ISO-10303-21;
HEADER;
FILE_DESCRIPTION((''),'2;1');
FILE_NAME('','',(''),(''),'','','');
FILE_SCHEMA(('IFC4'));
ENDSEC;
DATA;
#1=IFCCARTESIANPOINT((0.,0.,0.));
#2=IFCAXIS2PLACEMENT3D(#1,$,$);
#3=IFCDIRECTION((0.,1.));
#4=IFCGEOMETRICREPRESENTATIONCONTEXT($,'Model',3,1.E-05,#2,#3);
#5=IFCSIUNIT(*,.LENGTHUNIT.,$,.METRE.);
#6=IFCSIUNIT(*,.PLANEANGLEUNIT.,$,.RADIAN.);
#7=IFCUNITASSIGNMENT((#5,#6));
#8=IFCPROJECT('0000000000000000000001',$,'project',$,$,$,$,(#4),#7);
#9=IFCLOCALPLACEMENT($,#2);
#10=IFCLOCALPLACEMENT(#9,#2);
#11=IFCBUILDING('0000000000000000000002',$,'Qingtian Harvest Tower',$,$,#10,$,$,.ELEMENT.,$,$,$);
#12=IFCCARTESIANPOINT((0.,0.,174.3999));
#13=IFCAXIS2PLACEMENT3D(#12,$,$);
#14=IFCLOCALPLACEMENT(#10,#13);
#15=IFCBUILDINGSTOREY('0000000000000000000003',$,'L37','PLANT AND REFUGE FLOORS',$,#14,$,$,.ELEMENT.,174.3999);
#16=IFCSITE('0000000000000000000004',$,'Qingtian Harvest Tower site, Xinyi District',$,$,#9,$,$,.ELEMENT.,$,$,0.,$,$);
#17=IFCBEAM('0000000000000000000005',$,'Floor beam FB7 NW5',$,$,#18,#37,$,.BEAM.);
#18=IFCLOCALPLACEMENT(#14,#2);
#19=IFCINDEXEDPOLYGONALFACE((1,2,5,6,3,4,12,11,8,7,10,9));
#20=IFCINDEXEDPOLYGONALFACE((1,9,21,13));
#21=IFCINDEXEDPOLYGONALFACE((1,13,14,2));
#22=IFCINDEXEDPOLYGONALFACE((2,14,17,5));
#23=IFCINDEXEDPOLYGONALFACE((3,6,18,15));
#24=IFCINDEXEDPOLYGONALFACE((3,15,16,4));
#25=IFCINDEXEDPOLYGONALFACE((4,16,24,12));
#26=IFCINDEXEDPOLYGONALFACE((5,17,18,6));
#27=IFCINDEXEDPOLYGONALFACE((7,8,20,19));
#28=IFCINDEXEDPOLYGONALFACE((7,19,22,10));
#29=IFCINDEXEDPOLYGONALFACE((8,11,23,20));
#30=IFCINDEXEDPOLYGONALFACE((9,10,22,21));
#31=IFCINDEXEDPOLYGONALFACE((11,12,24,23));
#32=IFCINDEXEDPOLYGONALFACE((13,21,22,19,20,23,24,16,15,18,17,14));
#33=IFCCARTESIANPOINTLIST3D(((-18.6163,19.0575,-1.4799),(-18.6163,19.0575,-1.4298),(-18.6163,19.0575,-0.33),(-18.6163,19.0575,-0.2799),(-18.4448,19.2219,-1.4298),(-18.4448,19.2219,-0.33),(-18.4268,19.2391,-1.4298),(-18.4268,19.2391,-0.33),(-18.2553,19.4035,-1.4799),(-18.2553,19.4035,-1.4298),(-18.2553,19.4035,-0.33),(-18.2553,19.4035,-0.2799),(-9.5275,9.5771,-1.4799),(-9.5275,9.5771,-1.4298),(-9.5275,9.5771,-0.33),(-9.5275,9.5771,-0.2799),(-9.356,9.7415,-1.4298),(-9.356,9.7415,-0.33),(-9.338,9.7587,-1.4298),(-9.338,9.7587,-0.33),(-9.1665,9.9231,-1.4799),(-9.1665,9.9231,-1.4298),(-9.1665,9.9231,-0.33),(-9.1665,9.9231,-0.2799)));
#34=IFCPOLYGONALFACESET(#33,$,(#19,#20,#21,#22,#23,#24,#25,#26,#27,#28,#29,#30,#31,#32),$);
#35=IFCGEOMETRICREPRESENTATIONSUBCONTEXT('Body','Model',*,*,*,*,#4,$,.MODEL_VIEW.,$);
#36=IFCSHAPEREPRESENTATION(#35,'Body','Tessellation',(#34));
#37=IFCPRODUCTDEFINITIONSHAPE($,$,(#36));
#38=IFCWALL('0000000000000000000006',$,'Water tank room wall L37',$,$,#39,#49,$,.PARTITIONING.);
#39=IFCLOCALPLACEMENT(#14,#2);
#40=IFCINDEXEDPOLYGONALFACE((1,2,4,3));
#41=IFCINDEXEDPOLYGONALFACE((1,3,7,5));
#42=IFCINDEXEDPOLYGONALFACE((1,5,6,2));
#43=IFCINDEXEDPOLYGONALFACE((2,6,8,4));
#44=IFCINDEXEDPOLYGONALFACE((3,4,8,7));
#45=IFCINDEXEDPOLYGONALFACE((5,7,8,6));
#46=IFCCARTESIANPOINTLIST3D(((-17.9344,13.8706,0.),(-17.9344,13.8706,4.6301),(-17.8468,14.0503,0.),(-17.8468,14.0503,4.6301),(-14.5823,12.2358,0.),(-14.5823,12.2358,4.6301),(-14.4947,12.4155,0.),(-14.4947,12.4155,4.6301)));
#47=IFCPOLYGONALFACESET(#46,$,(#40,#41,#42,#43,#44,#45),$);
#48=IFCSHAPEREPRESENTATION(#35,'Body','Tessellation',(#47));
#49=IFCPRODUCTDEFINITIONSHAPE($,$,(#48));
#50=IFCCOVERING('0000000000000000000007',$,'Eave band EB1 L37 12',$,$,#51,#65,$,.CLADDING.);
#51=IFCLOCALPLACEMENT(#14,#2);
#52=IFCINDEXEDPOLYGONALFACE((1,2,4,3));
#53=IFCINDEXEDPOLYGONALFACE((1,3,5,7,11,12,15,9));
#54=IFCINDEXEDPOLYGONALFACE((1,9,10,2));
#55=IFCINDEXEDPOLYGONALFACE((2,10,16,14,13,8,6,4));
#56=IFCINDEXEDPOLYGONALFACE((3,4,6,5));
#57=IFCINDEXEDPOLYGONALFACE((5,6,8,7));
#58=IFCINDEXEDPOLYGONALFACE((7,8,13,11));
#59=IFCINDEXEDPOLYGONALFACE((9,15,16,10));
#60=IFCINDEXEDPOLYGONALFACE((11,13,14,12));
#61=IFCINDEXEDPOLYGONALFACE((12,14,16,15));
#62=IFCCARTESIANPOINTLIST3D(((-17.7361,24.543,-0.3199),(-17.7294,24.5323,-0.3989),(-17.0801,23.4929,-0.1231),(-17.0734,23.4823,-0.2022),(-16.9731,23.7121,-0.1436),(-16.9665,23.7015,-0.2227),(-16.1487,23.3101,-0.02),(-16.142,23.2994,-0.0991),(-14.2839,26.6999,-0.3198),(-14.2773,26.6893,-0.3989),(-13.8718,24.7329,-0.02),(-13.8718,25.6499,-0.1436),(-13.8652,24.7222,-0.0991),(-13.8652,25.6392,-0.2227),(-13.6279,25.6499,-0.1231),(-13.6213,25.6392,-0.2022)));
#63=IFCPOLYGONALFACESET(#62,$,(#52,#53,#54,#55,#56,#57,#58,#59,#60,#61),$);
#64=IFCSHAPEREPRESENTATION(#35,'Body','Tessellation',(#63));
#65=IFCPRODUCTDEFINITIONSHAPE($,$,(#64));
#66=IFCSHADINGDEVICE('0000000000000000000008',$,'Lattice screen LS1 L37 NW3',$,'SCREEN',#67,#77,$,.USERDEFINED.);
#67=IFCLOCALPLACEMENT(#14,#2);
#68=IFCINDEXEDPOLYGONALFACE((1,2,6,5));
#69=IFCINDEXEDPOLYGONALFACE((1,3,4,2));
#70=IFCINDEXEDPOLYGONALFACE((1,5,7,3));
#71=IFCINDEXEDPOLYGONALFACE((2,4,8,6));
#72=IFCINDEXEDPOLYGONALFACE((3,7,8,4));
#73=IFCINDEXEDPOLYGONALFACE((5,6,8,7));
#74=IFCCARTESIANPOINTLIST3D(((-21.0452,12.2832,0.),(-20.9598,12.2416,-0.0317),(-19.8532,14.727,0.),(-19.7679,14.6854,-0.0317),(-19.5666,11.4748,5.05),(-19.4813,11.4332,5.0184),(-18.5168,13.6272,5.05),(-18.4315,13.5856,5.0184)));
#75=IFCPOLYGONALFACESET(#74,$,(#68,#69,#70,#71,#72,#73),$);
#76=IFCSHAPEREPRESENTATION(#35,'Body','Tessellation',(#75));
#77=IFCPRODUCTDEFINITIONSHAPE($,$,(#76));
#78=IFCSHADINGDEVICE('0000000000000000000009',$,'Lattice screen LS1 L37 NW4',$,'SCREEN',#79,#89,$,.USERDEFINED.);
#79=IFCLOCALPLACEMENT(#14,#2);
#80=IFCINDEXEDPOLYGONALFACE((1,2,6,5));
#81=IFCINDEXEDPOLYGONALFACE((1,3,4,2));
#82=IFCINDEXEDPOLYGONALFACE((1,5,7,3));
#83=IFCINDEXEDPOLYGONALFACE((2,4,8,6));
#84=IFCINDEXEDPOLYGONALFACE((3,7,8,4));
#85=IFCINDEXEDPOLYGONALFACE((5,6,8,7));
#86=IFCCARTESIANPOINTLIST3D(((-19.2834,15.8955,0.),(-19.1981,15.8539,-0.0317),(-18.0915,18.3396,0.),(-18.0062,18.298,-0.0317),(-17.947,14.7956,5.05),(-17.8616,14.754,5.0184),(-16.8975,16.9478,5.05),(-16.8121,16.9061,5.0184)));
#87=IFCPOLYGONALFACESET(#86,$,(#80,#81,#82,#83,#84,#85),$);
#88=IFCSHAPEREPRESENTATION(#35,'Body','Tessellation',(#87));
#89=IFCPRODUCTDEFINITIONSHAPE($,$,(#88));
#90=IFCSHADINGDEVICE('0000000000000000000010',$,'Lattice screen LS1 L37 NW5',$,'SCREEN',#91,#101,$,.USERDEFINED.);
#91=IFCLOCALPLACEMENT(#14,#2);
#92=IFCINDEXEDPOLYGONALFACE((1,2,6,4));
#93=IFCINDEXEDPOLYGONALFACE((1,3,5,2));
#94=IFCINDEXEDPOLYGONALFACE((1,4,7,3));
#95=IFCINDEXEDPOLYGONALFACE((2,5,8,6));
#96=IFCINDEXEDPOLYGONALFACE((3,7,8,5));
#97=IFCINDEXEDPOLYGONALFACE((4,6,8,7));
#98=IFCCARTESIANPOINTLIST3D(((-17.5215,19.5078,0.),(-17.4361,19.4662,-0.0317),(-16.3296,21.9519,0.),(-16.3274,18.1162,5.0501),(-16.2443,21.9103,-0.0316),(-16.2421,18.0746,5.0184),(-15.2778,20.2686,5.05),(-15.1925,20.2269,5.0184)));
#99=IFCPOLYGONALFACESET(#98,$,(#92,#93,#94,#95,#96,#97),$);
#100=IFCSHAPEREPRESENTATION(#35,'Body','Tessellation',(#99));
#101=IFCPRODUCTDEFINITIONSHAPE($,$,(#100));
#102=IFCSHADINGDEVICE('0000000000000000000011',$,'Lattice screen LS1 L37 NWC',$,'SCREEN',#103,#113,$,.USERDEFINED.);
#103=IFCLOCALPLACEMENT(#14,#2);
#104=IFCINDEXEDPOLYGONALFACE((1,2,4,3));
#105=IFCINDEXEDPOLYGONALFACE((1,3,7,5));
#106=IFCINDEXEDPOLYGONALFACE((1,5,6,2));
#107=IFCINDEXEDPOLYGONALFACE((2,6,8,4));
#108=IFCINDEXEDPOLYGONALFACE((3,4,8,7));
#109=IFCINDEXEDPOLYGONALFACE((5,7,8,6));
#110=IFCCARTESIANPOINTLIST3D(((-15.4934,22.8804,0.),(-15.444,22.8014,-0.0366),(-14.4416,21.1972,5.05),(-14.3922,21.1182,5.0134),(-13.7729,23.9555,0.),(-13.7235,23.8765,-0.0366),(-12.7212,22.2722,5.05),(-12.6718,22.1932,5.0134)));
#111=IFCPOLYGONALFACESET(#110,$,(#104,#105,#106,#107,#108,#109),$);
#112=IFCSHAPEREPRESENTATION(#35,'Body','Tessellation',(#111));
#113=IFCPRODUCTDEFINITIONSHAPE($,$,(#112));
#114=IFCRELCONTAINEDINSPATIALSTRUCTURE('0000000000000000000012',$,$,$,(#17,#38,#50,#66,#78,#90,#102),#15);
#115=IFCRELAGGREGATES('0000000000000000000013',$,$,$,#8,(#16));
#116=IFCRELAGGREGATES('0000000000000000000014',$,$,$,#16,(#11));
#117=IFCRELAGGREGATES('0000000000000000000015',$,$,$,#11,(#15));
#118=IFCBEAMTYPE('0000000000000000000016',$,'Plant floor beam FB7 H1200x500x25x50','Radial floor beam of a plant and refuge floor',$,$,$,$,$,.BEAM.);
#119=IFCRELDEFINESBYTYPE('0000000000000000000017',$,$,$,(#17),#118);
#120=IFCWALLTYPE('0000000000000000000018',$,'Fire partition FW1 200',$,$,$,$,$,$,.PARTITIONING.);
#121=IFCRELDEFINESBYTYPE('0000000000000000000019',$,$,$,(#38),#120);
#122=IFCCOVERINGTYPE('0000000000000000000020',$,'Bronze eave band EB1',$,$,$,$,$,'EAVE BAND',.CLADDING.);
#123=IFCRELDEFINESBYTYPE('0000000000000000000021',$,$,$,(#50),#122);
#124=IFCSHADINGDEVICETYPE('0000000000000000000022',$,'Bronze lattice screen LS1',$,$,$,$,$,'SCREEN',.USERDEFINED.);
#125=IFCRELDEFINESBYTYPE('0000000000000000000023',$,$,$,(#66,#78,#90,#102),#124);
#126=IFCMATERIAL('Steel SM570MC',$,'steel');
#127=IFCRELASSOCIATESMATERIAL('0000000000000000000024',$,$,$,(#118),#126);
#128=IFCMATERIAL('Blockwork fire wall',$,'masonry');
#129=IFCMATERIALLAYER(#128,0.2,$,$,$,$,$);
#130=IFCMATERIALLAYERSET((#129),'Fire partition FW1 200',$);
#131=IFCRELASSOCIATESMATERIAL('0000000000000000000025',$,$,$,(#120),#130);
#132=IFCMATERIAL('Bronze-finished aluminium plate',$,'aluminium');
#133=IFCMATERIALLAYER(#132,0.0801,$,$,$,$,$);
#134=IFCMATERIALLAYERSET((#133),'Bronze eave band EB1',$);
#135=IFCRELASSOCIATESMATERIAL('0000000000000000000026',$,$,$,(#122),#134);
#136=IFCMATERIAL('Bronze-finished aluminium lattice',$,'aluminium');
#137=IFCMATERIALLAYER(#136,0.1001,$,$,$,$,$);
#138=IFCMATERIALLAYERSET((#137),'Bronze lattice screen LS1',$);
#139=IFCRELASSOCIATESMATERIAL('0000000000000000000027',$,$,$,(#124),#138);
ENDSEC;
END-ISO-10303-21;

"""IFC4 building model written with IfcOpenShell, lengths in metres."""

from ifc_helpers import new_model, si_unit, direction, frame, frame_2d, origin, origin_2d, place, context, subcontext, project, spatial, polyline, rectangle, i_section, outline, extrude, material, layer, layer_set, material_profile, profile_set, type_object, element, save


model = new_model("IFC4")

# Units and contexts
model_context = context("Model", 3, precision=1e-05, world=origin(), true_north=direction((0.0, 1.0)))
body_context = subcontext(model_context, "Body", "Model", "MODEL_VIEW")
ifc_project = project(units=[si_unit("LENGTHUNIT", "METRE"), si_unit("PLANEANGLEUNIT", "RADIAN")], contexts=[model_context])

# Site, building, storey
site_placement = place(None, origin())
site = spatial("IfcSite", under=ifc_project, at=site_placement, Name="Qingtian Harvest Tower site, Xinyi District", CompositionType="ELEMENT", RefElevation=0.0)
building_placement = place(site_placement, origin())
building = spatial("IfcBuilding", under=site, at=building_placement, Name="Qingtian Harvest Tower", CompositionType="ELEMENT")
storey_placement = place(building_placement, frame((0.0, 0.0, 174.3999)))
storey = spatial("IfcBuildingStorey", under=building, at=storey_placement, Name="L37", Description="PLANT AND REFUGE FLOORS", CompositionType="ELEMENT", Elevation=174.3999)

# Beam
ifc_material_1 = material(Name="Steel SM570MC", Category="steel")
ifc_material_profile_1 = material_profile(ifc_material_1, i_section(OverallWidth=0.5, OverallDepth=1.2, WebThickness=0.0249, FlangeThickness=0.05, at=origin_2d()), Name="H1200x500x25x50")
ifc_profile_set_1 = profile_set([ifc_material_profile_1], Name="Steel SM570MC")
beam_type_1 = type_object("IfcBeamType", Name="Plant floor beam FB7 H1200x500x25x50", Description="Radial floor beam of a plant and refuge floor", PredefinedType="BEAM", material=ifc_profile_set_1)
beam_1_placement = place(storey_placement, frame((-18.4358, 19.2305, -0.8799), z_axis=(0.692041, -0.721858, 0.0), x_axis=(0.721858, 0.692041, 0.0)))
element("IfcBeam", 1, at=beam_1_placement, inside=storey, type_object=beam_type_1, Name="Floor beam FB7 NW5", PredefinedType="BEAM", context=body_context, shape_type="SweptSolid", body=[
    extrude(i_section(OverallWidth=0.5, OverallDepth=1.2, WebThickness=0.0249, FlangeThickness=0.05, at=origin_2d()), origin(), (0.0, 0.0, 1.0), 13.1333),
])

# Wall
ifc_material_2 = material(Name="Blockwork fire wall", Category="masonry")
ifc_layer_1 = layer(ifc_material_2, 0.2)
ifc_layer_set_1 = layer_set([ifc_layer_1], Name="Fire partition FW1 200")
wall_type = type_object("IfcWallType", Name="Fire partition FW1 200", PredefinedType="PARTITIONING", material=ifc_layer_set_1)
wall_placement = place(storey_placement, frame((-17.8906, 13.9604, 0.0), z_axis=(0.0, 0.0, 1.0), x_axis=(0.898809, -0.438341, 0.0)))
element("IfcWall", 2, at=wall_placement, inside=storey, type_object=wall_type, Name="Water tank room wall L37", PredefinedType="PARTITIONING", context=body_context, shape_type="SweptSolid", body=[
    extrude(rectangle(XDim=3.7295, YDim=0.2, at=frame_2d((1.8647, 0.0))), origin(), (0.0, 0.0, 1.0), 4.6301),
])

# Covering
ifc_material_3 = material(Name="Bronze-finished aluminium plate", Category="aluminium")
ifc_layer_2 = layer(ifc_material_3, 0.0801)
ifc_layer_set_2 = layer_set([ifc_layer_2], Name="Bronze eave band EB1")
covering_type = type_object("IfcCoveringType", Name="Bronze eave band EB1", ElementType="EAVE BAND", PredefinedType="CLADDING", material=ifc_layer_set_2)
covering_placement = place(storey_placement, frame((-16.1487, 23.3101, -0.02), z_axis=(-0.083166, 0.1331, 0.987607), x_axis=(-0.890753, 0.434422, -0.133557)))
element("IfcCovering", 3, at=covering_placement, inside=storey, type_object=covering_type, Name="Eave band EB1 L37 12", PredefinedType="CLADDING", context=body_context, shape_type="SweptSolid", body=[
    extrude(outline(polyline([(0.0, 0.0), (0.9256, 0.0), (0.9228, 0.2448), (1.9896, -0.4137), (-0.1483, -3.8777), (-1.2151, -3.2192), (-0.9951, -3.1119), (-1.41, -2.2848), (0.0, 0.0)])), origin(), (0.0, 0.0, -1.0), 0.0801),
])

# Shading devices
ifc_material_4 = material(Name="Bronze-finished aluminium lattice", Category="aluminium")
ifc_layer_3 = layer(ifc_material_4, 0.1001)
ifc_layer_set_3 = layer_set([ifc_layer_3], Name="Bronze lattice screen LS1")
shading_device_type = type_object("IfcShadingDeviceType", Name="Bronze lattice screen LS1", ElementType="SCREEN", PredefinedType="USERDEFINED", material=ifc_layer_set_3)
shading_device_1_placement = place(storey_placement, frame((-21.0452, 12.2832, 0.0), z_axis=(-0.852676, 0.415875, 0.316215), x_axis=(0.438368, 0.898796, -0.000004)))
element("IfcShadingDevice", 4, at=shading_device_1_placement, inside=storey, type_object=shading_device_type, Name="Lattice screen LS1 L37 NW3", ObjectType="SCREEN", PredefinedType="USERDEFINED", context=body_context, shape_type="SweptSolid", body=[
    extrude(outline(polyline([(0.0, 0.0), (2.719, 0.0), (2.3163, -5.3232), (-0.0784, -5.3232), (0.0, 0.0)])), origin(), (0.0, 0.0, -1.0), 0.1001),
])
shading_device_2_placement = place(storey_placement, frame((-19.2834, 15.8955, 0.0), z_axis=(-0.852691, 0.415837, 0.316224), x_axis=(0.43833, 0.898814, -0.000003)))
element("IfcShadingDevice", 5, at=shading_device_2_placement, inside=storey, type_object=shading_device_type, Name="Lattice screen LS1 L37 NW4", ObjectType="SCREEN", PredefinedType="USERDEFINED", context=body_context, shape_type="SweptSolid", body=[
    extrude(outline(polyline([(0.0, 0.0), (2.7192, 0.0), (1.9916, -5.3232), (-0.4028, -5.3232), (0.0, 0.0)])), origin(), (0.0, 0.0, -1.0), 0.1001),
])
shading_device_3_placement = place(storey_placement, frame((-17.5215, 19.5078, 0.0), z_axis=(-0.852706, 0.415823, 0.316203), x_axis=(0.438313, 0.898823, 0.000003)))
element("IfcShadingDevice", 6, at=shading_device_3_placement, inside=storey, type_object=shading_device_type, Name="Lattice screen LS1 L37 NW5", ObjectType="SCREEN", PredefinedType="USERDEFINED", context=body_context, shape_type="SweptSolid", body=[
    extrude(outline(polyline([(0.0, 0.0), (2.7192, 0.0), (1.6672, -5.3232), (-0.7274, -5.3232), (0.0, 0.0)])), origin(), (0.0, 0.0, -1.0), 0.1001),
])
shading_device_4_placement = place(storey_placement, frame((-15.4934, 22.8804, 0.0), z_axis=(-0.493198, 0.789274, 0.365789), x_axis=(0.848042, 0.529929, -0.000017)))
element("IfcShadingDevice", 7, at=shading_device_4_placement, inside=storey, type_object=shading_device_type, Name="Lattice screen LS1 L37 NWC", ObjectType="SCREEN", PredefinedType="USERDEFINED", context=body_context, shape_type="SweptSolid", body=[
    extrude(outline(polyline([(0.0, 0.0), (2.0288, 0.0), (2.0286, -5.4261), (-0.0001, -5.4261), (0.0, 0.0)])), origin(), (0.0, 0.0, -1.0), 0.1001),
])

save(model, "model.ifc")
